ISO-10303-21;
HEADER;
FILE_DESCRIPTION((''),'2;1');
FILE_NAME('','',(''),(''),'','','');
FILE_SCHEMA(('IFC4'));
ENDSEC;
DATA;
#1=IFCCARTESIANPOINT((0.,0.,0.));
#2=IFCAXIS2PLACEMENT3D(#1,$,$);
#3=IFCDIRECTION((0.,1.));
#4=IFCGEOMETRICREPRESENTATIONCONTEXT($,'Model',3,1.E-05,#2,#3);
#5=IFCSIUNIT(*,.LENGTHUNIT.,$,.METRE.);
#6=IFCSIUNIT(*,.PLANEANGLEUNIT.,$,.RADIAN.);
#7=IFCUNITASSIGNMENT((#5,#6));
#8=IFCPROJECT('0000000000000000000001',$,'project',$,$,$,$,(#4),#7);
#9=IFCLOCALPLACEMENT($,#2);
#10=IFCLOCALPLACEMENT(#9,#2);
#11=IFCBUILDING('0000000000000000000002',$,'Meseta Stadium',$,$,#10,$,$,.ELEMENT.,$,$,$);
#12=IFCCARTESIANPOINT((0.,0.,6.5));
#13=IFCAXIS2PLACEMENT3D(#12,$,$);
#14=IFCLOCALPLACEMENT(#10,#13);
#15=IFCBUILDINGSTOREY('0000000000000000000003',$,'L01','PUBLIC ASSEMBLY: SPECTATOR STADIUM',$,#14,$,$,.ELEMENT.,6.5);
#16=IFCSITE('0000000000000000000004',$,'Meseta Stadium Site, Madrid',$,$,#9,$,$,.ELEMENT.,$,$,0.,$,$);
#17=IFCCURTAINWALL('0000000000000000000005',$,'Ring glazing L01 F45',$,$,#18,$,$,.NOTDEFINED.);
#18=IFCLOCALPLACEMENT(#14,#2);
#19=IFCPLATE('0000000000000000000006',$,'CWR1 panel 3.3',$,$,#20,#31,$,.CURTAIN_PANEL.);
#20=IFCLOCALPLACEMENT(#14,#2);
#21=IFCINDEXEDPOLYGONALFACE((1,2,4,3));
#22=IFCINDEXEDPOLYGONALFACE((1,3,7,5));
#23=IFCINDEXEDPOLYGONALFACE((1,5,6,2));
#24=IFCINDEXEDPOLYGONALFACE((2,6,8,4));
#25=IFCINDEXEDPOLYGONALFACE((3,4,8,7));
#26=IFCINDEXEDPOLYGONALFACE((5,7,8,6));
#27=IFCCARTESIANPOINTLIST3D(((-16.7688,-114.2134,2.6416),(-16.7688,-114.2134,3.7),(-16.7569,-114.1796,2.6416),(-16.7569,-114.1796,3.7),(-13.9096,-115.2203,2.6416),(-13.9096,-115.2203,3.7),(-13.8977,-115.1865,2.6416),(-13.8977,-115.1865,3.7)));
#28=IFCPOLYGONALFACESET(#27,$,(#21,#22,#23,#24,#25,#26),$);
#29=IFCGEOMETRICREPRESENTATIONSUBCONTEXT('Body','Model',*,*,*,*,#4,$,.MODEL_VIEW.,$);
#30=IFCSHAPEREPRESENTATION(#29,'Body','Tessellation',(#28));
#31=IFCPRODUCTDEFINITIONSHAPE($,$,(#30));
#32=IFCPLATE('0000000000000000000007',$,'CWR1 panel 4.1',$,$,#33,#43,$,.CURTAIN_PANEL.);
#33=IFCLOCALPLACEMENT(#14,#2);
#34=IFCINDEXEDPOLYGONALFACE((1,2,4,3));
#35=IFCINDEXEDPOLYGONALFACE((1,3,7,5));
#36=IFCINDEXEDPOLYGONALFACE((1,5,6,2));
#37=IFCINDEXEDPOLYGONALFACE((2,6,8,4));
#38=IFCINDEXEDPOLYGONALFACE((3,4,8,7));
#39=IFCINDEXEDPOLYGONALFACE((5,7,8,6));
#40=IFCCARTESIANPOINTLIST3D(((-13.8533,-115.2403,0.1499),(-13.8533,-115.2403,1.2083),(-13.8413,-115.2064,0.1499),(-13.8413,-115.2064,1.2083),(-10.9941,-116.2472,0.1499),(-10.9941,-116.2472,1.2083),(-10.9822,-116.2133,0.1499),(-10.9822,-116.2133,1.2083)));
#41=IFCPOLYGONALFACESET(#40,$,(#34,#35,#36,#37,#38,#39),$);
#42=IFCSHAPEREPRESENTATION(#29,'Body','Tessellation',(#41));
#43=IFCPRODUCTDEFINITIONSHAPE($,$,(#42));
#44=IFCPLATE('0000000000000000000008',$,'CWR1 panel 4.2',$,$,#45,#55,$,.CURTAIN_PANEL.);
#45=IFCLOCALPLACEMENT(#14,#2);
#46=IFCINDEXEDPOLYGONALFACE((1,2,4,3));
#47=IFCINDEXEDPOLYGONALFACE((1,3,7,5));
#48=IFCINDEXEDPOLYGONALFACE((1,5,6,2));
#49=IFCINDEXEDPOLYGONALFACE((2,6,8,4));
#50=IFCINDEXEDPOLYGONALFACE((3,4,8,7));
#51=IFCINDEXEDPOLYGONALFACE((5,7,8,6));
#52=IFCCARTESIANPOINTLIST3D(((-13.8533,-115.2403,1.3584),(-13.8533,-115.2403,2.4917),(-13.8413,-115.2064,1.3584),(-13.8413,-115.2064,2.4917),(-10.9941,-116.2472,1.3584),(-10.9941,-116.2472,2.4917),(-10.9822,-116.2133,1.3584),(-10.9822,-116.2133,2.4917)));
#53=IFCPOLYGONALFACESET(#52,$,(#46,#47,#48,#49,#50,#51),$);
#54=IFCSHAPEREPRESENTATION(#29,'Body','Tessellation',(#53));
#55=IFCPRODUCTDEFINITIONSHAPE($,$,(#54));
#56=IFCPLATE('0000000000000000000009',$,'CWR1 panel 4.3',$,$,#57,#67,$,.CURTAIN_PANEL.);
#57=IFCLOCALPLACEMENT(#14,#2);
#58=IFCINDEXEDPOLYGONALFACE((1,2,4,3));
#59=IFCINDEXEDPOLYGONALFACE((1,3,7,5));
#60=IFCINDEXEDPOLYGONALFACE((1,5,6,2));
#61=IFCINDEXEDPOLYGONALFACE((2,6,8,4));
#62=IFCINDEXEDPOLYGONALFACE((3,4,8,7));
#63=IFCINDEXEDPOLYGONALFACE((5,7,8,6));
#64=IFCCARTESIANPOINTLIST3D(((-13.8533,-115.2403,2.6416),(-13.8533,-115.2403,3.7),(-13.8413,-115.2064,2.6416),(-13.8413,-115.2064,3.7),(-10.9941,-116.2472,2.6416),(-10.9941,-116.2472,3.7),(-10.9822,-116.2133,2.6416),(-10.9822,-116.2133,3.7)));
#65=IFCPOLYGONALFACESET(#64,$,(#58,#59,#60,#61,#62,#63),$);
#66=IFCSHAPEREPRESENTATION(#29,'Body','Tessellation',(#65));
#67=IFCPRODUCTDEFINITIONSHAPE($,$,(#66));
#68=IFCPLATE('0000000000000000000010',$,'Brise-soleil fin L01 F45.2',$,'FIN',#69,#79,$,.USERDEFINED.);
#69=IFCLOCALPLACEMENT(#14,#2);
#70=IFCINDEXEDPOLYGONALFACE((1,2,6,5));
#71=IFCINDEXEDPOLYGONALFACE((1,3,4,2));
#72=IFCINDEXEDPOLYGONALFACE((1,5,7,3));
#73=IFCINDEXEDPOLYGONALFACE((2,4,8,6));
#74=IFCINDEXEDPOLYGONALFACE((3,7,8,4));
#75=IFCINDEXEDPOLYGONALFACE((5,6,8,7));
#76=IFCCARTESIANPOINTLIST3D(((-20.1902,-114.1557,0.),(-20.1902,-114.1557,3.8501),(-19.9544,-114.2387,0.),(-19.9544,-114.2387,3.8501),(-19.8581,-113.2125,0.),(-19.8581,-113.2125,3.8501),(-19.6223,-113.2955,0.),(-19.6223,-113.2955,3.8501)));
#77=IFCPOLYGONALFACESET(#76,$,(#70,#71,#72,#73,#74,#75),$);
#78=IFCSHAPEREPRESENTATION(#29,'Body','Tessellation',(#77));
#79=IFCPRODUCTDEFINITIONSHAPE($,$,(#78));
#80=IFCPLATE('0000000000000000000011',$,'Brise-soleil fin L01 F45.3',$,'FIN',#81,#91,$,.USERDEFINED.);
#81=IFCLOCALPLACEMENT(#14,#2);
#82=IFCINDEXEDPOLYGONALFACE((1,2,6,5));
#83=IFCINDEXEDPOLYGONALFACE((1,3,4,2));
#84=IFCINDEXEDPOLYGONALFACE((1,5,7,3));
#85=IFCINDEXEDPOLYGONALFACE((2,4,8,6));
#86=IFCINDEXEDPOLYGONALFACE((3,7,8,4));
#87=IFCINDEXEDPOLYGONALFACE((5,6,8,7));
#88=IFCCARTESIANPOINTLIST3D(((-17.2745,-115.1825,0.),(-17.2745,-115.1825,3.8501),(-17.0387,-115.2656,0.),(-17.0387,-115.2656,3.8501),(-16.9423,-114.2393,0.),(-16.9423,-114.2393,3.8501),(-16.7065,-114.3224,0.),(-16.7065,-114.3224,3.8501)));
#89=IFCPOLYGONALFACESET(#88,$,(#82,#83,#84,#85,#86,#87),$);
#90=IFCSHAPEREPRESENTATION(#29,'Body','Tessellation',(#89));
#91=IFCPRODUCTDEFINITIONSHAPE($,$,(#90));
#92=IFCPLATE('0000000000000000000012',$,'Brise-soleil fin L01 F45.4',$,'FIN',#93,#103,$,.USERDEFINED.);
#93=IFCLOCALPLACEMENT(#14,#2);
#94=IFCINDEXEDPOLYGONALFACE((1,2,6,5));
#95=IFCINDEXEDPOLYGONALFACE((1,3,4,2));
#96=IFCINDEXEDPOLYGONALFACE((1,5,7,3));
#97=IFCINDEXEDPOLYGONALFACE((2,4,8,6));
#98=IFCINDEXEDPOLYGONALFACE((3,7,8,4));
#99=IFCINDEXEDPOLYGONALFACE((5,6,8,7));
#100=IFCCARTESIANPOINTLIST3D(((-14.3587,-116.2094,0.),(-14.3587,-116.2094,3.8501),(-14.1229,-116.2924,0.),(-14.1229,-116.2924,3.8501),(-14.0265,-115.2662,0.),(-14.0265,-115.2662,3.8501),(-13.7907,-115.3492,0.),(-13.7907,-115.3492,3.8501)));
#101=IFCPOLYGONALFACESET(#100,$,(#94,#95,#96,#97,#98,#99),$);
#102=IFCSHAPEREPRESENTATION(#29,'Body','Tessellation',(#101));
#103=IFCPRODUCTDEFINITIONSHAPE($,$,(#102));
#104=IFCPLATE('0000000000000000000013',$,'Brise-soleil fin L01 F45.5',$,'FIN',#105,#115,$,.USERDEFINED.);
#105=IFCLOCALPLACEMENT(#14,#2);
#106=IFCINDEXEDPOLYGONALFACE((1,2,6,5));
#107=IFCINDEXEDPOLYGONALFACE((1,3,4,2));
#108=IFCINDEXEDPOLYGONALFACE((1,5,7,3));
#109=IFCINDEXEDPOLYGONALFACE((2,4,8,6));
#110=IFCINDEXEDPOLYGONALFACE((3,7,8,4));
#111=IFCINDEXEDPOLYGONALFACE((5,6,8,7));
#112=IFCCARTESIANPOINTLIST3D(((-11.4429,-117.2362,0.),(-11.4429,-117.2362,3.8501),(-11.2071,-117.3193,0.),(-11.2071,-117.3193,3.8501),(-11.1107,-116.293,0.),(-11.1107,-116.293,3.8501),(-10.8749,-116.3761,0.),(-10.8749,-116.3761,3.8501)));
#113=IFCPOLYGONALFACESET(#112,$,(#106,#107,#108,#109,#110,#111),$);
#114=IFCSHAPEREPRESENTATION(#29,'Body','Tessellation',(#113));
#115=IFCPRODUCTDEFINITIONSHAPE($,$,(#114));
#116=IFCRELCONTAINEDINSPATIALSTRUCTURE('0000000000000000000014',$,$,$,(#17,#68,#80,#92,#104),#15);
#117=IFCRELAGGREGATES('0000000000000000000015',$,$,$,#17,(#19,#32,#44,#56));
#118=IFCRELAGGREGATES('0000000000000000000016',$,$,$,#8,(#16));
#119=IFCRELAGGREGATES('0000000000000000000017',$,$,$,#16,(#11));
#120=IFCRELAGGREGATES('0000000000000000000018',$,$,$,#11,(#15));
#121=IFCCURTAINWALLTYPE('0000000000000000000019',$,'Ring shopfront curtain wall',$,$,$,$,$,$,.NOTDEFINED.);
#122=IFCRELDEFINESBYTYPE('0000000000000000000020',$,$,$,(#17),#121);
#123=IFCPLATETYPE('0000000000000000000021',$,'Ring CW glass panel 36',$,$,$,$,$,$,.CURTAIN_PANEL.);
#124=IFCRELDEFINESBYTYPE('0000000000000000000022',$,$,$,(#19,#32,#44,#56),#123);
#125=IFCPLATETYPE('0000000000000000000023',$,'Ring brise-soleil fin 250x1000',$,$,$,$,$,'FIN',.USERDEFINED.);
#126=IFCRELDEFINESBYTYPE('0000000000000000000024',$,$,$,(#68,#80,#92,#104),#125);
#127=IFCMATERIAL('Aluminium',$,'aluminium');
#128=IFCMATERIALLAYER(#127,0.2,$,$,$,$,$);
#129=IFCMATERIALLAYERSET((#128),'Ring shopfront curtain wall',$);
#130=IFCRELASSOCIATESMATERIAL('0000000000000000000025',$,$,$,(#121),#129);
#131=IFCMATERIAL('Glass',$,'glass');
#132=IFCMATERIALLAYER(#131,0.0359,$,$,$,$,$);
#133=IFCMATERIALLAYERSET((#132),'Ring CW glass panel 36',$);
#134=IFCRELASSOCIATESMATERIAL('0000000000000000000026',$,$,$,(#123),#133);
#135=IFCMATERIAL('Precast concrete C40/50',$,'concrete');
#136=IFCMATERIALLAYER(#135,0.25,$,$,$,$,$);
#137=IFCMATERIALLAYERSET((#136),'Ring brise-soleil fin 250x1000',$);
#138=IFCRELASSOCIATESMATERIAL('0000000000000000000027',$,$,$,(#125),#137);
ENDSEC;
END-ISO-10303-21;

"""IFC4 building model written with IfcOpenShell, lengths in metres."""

from ifc_helpers import new_model, si_unit, direction, frame, origin, origin_2d, place, context, subcontext, project, spatial, rectangle, extrude, material, layer, layer_set, type_object, element, aggregate, save


model = new_model("IFC4")

# Units and contexts
model_context = context("Model", 3, precision=1e-05, world=origin(), true_north=direction((0.0, 1.0)))
body_context = subcontext(model_context, "Body", "Model", "MODEL_VIEW")
ifc_project = project(units=[si_unit("LENGTHUNIT", "METRE"), si_unit("PLANEANGLEUNIT", "RADIAN")], contexts=[model_context])

# Site, building, storey
site_placement = place(None, origin())
site = spatial("IfcSite", under=ifc_project, at=site_placement, Name="Meseta Stadium Site, Madrid", CompositionType="ELEMENT", RefElevation=0.0)
building_placement = place(site_placement, origin())
building = spatial("IfcBuilding", under=site, at=building_placement, Name="Meseta Stadium", CompositionType="ELEMENT")
storey_placement = place(building_placement, frame((0.0, 0.0, 6.5)))
storey = spatial("IfcBuildingStorey", under=building, at=storey_placement, Name="L01", Description="PUBLIC ASSEMBLY: SPECTATOR STADIUM", CompositionType="ELEMENT", Elevation=6.5)

# Curtain wall, plates
ifc_material_1 = material(Name="Aluminium", Category="aluminium")
ifc_layer_1 = layer(ifc_material_1, 0.2)
ifc_layer_set_1 = layer_set([ifc_layer_1], Name="Ring shopfront curtain wall")
curtain_wall_type = type_object("IfcCurtainWallType", Name="Ring shopfront curtain wall", PredefinedType="NOTDEFINED", material=ifc_layer_set_1)
curtain_wall_placement = place(storey_placement, origin())
curtain_wall = element("IfcCurtainWall", 1, at=curtain_wall_placement, inside=storey, type_object=curtain_wall_type, Name="Ring glazing L01 F45", PredefinedType="NOTDEFINED")
ifc_material_2 = material(Name="Glass", Category="glass")
ifc_layer_2 = layer(ifc_material_2, 0.0359)
ifc_layer_set_2 = layer_set([ifc_layer_2], Name="Ring CW glass panel 36")
plate_type_1 = type_object("IfcPlateType", Name="Ring CW glass panel 36", PredefinedType="CURTAIN_PANEL", material=ifc_layer_set_2)
plate_1_placement = place(storey_placement, frame((-15.3333, -114.7, 2.6416), z_axis=(0.0, 0.0, 1.0), x_axis=(0.943218, -0.332174, 0.0)))
plate_1 = element("IfcPlate", 2, at=plate_1_placement, type_object=plate_type_1, Name="CWR1 panel 3.3", PredefinedType="CURTAIN_PANEL", context=body_context, shape_type="SweptSolid", body=[
    extrude(rectangle(XDim=3.0312, YDim=0.0359, at=origin_2d()), origin(), (0.0, 0.0, 1.0), 1.0583),
])
plate_2_placement = place(storey_placement, frame((-12.4177, -115.7268, 0.1499), z_axis=(0.0, 0.0, 1.0), x_axis=(0.943218, -0.332174, 0.0)))
plate_2 = element("IfcPlate", 3, at=plate_2_placement, type_object=plate_type_1, Name="CWR1 panel 4.1", PredefinedType="CURTAIN_PANEL", context=body_context, shape_type="SweptSolid", body=[
    extrude(rectangle(XDim=3.0312, YDim=0.0359, at=origin_2d()), origin(), (0.0, 0.0, 1.0), 1.0583),
])
plate_3_placement = place(storey_placement, frame((-12.4177, -115.7268, 1.3584), z_axis=(0.0, 0.0, 1.0), x_axis=(0.943218, -0.332174, 0.0)))
plate_3 = element("IfcPlate", 4, at=plate_3_placement, type_object=plate_type_1, Name="CWR1 panel 4.2", PredefinedType="CURTAIN_PANEL", context=body_context, shape_type="SweptSolid", body=[
    extrude(rectangle(XDim=3.0312, YDim=0.0359, at=origin_2d()), origin(), (0.0, 0.0, 1.0), 1.1333),
])
plate_4_placement = place(storey_placement, frame((-12.4177, -115.7268, 2.6416), z_axis=(0.0, 0.0, 1.0), x_axis=(0.943218, -0.332174, 0.0)))
plate_4 = element("IfcPlate", 5, at=plate_4_placement, type_object=plate_type_1, Name="CWR1 panel 4.3", PredefinedType="CURTAIN_PANEL", context=body_context, shape_type="SweptSolid", body=[
    extrude(rectangle(XDim=3.0312, YDim=0.0359, at=origin_2d()), origin(), (0.0, 0.0, 1.0), 1.0583),
])
aggregate(curtain_wall, [plate_1, plate_2, plate_3, plate_4])

# Plates
ifc_material_3 = material(Name="Precast concrete C40/50", Category="concrete")
ifc_layer_3 = layer(ifc_material_3, 0.25)
ifc_layer_set_3 = layer_set([ifc_layer_3], Name="Ring brise-soleil fin 250x1000")
plate_type_2 = type_object("IfcPlateType", Name="Ring brise-soleil fin 250x1000", ElementType="FIN", PredefinedType="USERDEFINED", material=ifc_layer_set_3)
for number, where, z_axis, x_axis, name in (
    (6, (-19.9062, -113.7256, 0.0), (0.0, 0.0, 1.0), (0.943217, -0.332176, 0.0), "Brise-soleil fin L01 F45.2"),
    (7, (-16.9905, -114.7524, 0.0), (0.0, 0.0, 1.0), (0.943217, -0.332176, 0.0), "Brise-soleil fin L01 F45.3"),
    (8, (-14.0747, -115.7793, 0.0), (0.0, 0.0, 1.0), (0.943217, -0.332176, 0.0), "Brise-soleil fin L01 F45.4"),
    (9, (-11.1589, -116.8062, 0.0), (0.0, 0.0, 1.0), (0.943217, -0.332176, 0.0), "Brise-soleil fin L01 F45.5"),
):
    element("IfcPlate", number, at=place(storey_placement, frame(where, z_axis=z_axis, x_axis=x_axis)), inside=storey, type_object=plate_type_2, Name=name, ObjectType="FIN", PredefinedType="USERDEFINED", context=body_context, shape_type="SweptSolid", body=[
        extrude(rectangle(XDim=0.25, YDim=1.0, at=origin_2d()), origin(), (0.0, 0.0, 1.0), 3.8501),
    ])

save(model, "model.ifc")
